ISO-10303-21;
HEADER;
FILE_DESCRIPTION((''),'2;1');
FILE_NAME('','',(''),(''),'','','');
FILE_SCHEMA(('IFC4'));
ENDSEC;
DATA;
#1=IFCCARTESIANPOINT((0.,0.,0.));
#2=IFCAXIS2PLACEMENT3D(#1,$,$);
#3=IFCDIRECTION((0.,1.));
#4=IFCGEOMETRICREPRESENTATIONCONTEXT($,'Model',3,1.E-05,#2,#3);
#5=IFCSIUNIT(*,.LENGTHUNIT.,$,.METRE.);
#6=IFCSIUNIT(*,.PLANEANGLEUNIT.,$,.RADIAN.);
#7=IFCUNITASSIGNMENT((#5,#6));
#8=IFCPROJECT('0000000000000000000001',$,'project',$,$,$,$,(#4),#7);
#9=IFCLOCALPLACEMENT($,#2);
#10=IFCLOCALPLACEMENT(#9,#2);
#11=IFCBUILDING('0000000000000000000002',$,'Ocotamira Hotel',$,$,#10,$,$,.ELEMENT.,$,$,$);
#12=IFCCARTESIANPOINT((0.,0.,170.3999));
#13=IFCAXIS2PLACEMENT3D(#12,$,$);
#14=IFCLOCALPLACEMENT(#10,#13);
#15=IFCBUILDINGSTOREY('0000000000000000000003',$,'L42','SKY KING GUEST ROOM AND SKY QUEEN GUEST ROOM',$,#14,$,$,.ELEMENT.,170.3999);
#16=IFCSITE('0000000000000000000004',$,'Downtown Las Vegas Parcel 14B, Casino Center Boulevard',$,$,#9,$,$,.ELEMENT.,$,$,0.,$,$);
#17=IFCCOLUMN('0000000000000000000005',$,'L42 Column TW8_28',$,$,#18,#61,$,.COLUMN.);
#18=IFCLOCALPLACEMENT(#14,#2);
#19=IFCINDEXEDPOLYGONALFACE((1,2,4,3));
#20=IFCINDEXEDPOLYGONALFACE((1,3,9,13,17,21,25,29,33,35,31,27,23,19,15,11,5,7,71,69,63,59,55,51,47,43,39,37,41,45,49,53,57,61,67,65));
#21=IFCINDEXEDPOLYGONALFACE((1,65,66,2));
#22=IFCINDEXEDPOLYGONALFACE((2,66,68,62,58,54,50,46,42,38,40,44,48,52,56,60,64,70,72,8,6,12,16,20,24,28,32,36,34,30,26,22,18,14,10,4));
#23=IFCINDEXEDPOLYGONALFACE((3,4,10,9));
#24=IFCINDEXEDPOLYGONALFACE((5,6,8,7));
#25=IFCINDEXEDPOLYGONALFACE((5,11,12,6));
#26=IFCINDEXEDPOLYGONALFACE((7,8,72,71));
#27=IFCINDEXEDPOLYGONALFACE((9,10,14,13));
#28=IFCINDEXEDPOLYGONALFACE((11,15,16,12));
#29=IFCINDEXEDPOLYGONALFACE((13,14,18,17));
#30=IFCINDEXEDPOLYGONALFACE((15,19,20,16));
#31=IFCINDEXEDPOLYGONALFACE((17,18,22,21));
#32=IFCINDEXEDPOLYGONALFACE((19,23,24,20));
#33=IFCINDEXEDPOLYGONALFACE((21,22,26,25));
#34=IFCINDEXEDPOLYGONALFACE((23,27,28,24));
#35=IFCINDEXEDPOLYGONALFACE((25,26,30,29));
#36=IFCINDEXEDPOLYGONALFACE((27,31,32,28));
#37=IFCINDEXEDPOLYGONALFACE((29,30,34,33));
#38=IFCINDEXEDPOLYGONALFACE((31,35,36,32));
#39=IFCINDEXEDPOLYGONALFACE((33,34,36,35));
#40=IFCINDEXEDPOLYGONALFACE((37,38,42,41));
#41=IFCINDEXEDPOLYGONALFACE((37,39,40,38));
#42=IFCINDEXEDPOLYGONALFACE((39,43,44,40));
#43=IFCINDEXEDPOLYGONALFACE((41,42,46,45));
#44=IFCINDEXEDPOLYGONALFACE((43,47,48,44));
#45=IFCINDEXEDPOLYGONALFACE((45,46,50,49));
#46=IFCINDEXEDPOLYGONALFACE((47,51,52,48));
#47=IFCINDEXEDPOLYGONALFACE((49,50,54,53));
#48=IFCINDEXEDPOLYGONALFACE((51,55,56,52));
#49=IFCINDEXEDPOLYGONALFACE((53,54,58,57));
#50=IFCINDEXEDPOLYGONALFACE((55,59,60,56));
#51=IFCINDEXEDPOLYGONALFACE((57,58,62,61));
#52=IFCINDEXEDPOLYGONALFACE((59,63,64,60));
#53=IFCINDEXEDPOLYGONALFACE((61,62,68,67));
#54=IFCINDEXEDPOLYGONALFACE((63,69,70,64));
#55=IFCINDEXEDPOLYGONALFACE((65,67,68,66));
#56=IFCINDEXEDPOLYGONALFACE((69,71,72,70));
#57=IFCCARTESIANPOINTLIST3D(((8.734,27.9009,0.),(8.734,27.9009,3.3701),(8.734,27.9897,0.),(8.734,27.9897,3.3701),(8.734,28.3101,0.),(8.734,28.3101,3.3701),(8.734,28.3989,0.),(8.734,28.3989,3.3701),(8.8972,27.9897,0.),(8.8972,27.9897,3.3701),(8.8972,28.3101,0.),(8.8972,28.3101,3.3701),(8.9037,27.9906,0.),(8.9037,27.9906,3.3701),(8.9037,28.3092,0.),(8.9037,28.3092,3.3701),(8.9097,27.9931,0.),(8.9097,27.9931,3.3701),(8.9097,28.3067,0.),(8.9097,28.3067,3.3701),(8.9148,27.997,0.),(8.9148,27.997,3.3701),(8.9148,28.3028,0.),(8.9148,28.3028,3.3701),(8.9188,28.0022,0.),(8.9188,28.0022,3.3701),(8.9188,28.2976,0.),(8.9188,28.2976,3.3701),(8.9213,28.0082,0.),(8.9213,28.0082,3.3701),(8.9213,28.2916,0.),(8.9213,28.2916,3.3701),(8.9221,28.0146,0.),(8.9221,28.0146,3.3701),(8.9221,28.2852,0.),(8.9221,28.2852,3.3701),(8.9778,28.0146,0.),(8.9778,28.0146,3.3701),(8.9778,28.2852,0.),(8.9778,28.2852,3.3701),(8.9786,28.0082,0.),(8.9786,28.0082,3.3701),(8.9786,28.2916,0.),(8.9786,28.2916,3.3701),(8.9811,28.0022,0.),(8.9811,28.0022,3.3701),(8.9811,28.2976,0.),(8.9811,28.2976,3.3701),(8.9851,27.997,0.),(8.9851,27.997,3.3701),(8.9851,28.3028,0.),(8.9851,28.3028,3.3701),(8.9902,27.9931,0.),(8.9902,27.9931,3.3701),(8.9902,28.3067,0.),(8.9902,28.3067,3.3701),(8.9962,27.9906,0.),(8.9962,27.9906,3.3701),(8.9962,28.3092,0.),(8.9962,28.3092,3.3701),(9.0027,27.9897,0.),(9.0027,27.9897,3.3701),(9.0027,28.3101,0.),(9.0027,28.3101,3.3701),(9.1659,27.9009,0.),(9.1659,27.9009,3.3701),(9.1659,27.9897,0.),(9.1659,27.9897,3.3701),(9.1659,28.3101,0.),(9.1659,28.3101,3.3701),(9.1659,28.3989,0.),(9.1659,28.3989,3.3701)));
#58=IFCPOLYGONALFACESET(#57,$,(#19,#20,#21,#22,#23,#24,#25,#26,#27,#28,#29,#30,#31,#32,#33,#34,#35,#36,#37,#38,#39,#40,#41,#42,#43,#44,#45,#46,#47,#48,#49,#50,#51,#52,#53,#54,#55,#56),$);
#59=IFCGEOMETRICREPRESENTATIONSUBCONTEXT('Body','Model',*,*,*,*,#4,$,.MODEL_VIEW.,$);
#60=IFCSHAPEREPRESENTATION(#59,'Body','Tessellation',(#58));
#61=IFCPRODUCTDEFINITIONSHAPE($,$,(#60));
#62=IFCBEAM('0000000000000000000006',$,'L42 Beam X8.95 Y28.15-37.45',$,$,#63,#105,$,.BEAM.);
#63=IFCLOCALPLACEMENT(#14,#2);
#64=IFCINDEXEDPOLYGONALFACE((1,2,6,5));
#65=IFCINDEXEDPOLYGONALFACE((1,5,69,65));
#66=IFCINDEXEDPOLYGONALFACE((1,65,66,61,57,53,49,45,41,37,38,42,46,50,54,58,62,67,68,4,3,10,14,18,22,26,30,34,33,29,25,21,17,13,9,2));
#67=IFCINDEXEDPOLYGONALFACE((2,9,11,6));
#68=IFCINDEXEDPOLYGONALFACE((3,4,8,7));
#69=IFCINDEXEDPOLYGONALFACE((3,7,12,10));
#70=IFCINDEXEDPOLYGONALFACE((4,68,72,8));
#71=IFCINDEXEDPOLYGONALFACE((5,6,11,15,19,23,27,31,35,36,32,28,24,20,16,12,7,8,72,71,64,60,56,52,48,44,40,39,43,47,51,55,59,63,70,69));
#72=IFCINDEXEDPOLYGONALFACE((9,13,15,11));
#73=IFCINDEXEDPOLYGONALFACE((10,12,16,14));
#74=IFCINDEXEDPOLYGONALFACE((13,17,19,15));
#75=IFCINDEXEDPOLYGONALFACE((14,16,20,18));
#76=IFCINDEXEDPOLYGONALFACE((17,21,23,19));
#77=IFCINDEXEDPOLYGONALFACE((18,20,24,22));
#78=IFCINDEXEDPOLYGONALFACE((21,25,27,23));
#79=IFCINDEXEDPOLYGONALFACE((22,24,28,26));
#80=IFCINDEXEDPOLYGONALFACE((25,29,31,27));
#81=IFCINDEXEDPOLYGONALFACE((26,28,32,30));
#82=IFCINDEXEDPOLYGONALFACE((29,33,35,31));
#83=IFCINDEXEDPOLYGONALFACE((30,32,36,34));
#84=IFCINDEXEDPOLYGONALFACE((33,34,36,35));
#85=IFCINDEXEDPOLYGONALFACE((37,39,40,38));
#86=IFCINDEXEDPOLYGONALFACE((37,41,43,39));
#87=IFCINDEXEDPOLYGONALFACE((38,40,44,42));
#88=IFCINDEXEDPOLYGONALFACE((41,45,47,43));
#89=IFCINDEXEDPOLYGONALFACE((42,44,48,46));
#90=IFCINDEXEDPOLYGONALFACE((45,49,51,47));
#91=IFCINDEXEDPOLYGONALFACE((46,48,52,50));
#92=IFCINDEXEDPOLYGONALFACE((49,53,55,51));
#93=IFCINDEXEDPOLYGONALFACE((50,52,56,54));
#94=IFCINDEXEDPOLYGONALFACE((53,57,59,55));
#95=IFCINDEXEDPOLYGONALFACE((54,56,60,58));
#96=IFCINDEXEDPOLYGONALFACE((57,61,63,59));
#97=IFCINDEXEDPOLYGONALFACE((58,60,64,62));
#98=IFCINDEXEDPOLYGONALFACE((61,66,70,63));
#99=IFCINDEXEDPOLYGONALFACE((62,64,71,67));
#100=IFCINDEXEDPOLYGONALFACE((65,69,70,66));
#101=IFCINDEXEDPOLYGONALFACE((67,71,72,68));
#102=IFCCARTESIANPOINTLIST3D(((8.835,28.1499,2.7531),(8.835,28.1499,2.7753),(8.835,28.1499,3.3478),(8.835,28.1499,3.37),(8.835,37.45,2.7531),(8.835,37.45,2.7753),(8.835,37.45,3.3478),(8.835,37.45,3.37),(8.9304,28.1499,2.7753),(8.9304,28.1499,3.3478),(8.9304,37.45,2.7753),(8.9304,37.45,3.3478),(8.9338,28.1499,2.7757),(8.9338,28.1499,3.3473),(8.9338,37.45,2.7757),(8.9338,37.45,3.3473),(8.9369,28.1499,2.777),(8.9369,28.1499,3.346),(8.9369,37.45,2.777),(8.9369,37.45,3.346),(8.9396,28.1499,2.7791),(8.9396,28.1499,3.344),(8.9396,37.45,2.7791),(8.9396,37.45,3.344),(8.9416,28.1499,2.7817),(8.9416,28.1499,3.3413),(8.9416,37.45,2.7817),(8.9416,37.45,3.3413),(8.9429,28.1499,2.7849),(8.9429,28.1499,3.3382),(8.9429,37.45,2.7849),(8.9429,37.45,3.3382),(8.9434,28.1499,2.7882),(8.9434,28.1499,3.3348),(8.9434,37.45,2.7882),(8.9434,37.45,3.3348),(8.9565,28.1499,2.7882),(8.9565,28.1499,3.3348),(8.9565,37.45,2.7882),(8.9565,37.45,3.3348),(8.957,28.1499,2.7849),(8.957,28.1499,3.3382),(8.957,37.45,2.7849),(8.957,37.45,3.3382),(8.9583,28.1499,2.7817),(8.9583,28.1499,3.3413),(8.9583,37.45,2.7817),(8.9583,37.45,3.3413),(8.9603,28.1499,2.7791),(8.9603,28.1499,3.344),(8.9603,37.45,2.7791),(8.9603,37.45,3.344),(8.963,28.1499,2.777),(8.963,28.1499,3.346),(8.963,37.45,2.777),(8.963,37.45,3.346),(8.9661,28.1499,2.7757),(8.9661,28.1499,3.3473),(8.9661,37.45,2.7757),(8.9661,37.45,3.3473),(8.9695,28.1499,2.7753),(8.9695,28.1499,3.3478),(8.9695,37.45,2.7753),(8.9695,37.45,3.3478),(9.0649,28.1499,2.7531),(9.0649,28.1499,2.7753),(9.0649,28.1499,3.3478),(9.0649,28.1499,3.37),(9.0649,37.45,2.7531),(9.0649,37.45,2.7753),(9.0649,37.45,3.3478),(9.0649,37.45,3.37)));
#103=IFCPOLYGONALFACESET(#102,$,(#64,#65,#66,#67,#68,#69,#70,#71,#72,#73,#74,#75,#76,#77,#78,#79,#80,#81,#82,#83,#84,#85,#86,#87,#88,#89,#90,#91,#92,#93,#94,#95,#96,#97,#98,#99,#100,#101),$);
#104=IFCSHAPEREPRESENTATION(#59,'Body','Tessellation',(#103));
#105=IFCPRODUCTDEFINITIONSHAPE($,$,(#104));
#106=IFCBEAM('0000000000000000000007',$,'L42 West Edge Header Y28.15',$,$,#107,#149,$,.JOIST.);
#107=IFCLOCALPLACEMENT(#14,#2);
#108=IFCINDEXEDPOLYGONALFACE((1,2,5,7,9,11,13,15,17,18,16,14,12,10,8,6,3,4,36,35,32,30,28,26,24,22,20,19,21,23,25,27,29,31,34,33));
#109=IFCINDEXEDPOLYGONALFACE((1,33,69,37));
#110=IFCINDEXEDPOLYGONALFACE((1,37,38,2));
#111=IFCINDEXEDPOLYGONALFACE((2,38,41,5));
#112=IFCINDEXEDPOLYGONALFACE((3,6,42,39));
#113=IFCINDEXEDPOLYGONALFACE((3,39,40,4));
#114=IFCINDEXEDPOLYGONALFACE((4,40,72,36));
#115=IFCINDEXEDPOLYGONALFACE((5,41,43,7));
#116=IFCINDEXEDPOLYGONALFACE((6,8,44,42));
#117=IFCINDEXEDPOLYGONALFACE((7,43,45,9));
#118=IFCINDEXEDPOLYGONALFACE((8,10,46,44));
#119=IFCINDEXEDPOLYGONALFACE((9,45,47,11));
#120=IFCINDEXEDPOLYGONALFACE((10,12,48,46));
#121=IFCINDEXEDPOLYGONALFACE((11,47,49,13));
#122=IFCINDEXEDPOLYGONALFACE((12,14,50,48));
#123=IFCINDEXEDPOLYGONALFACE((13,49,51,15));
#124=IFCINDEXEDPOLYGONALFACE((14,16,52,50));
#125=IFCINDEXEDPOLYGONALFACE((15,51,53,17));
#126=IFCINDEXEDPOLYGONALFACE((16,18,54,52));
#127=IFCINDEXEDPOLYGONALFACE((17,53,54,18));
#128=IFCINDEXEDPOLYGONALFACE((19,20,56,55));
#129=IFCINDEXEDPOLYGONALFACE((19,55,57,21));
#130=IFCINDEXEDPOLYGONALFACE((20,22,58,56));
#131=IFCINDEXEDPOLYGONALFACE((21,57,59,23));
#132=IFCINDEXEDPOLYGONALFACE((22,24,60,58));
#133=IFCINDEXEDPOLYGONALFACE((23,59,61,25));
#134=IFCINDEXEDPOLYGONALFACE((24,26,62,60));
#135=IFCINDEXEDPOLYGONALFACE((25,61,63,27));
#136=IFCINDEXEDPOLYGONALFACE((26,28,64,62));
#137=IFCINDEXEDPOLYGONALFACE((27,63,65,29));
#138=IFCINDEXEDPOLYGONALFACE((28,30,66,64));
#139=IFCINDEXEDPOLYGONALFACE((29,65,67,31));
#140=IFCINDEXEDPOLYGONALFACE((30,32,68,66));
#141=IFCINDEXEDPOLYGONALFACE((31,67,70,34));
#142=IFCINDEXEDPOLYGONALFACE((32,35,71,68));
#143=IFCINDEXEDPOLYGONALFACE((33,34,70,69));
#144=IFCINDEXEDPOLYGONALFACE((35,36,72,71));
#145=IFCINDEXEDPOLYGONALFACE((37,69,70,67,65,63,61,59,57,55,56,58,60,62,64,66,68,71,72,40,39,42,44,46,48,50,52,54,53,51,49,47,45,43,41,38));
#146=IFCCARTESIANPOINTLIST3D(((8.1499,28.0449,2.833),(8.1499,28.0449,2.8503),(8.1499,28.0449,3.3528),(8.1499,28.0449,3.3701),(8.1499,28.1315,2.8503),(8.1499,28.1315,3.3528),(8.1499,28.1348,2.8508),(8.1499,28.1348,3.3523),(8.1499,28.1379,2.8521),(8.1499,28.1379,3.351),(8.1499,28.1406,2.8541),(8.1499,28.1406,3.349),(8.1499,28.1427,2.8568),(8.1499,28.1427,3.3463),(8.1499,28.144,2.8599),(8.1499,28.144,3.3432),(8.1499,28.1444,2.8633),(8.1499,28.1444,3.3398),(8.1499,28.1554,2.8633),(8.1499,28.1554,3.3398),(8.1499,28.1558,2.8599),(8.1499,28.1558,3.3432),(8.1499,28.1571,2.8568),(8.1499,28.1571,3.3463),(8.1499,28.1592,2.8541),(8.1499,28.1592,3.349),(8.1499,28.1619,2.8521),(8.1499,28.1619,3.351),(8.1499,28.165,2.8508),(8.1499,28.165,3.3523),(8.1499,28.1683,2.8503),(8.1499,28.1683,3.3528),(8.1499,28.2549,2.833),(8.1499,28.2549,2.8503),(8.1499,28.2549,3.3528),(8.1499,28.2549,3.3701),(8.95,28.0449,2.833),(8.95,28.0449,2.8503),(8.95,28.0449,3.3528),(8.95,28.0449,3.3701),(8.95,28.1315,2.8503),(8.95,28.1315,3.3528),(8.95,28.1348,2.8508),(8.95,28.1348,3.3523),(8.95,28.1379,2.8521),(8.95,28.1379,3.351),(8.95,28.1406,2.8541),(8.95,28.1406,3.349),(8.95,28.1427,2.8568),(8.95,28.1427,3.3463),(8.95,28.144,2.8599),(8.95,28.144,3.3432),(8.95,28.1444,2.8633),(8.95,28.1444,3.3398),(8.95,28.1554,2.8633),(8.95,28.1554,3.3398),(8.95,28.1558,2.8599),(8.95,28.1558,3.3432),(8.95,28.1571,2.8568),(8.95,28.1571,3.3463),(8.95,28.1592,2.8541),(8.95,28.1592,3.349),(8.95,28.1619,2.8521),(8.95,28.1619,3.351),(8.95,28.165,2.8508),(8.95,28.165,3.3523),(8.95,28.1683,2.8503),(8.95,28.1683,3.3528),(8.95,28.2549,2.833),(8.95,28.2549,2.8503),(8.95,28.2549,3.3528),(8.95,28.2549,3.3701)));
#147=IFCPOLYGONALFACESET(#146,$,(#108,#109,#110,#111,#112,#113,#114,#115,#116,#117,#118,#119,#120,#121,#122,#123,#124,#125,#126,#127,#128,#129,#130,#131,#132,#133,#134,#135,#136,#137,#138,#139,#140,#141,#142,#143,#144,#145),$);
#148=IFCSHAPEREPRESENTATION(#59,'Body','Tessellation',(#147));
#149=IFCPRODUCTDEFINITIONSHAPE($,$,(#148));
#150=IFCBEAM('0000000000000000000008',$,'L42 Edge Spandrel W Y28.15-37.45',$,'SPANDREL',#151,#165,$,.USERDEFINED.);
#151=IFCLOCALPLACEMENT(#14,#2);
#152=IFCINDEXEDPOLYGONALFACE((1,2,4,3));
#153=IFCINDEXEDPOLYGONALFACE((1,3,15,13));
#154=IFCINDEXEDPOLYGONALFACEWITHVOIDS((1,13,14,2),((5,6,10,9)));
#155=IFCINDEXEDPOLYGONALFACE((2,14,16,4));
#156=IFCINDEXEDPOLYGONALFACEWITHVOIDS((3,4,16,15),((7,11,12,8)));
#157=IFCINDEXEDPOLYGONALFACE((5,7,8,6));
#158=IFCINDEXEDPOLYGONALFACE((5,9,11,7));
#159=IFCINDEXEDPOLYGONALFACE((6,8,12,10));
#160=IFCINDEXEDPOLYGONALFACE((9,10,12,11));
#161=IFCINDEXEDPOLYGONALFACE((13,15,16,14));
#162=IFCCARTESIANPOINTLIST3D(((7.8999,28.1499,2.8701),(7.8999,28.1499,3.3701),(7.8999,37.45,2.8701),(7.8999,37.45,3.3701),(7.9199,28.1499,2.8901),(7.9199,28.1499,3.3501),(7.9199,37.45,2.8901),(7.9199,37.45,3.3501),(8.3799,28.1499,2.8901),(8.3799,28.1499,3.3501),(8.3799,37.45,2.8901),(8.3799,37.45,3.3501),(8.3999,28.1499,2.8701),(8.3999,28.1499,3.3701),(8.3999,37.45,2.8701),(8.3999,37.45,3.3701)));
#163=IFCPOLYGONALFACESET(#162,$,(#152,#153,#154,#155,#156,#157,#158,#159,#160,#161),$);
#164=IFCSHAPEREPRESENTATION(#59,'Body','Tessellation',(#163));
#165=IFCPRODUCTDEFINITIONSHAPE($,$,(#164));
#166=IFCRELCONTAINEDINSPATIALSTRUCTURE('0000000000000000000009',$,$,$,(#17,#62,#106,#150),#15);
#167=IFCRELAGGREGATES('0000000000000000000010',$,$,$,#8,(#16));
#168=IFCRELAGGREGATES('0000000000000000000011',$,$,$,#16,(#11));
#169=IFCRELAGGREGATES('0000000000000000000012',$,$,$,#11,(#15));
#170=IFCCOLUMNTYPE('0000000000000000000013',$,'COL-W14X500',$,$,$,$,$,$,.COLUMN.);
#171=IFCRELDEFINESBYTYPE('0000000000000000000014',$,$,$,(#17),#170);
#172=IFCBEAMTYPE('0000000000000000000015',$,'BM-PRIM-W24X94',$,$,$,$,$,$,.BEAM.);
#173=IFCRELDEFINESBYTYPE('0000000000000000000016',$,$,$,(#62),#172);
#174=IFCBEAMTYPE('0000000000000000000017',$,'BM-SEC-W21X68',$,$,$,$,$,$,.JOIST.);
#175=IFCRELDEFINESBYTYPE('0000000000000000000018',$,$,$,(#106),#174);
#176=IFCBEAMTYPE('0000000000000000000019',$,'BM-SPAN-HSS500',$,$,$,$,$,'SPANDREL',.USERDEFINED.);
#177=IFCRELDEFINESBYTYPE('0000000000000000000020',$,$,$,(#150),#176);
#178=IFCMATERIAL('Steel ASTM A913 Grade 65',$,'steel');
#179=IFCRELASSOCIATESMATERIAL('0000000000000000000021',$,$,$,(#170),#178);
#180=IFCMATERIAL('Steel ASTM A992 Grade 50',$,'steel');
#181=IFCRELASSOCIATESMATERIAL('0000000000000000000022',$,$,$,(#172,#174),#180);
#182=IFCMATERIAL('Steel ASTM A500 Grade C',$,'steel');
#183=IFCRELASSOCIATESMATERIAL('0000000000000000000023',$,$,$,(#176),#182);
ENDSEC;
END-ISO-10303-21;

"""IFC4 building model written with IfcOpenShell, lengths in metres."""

from ifc_helpers import new_model, si_unit, direction, frame, origin, origin_2d, place, context, subcontext, project, spatial, hollow_rectangle, i_section, extrude, source, transform, mapped, material, material_profile, profile_set, type_object, element, save


model = new_model("IFC4")

# Units and contexts
model_context = context("Model", 3, precision=1e-05, world=origin(), true_north=direction((0.0, 1.0)))
body_context = subcontext(model_context, "Body", "Model", "MODEL_VIEW")
ifc_project = project(units=[si_unit("LENGTHUNIT", "METRE"), si_unit("PLANEANGLEUNIT", "RADIAN")], contexts=[model_context])

# Site, building, storey
site_placement = place(None, origin())
site = spatial("IfcSite", under=ifc_project, at=site_placement, Name="Downtown Las Vegas Parcel 14B, Casino Center Boulevard", CompositionType="ELEMENT", RefElevation=0.0)
building_placement = place(site_placement, origin())
building = spatial("IfcBuilding", under=site, at=building_placement, Name="Ocotamira Hotel", CompositionType="ELEMENT")
storey_placement = place(building_placement, frame((0.0, 0.0, 170.3999)))
storey = spatial("IfcBuildingStorey", under=building, at=storey_placement, Name="L42", Description="SKY KING GUEST ROOM AND SKY QUEEN GUEST ROOM", CompositionType="ELEMENT", Elevation=170.3999)

# Column
ifc_material_1 = material(Name="Steel ASTM A913 Grade 65", Category="steel")
ifc_material_profile_1 = material_profile(ifc_material_1, i_section(OverallWidth=0.4319, OverallDepth=0.498, WebThickness=0.0557, FlangeThickness=0.0889, FilletRadius=0.0249, at=origin_2d()), Name="W14X500")
ifc_profile_set_1 = profile_set([ifc_material_profile_1], Name="Steel ASTM A913 Grade 65")
column_type = type_object("IfcColumnType", Name="COL-W14X500", PredefinedType="COLUMN", material=ifc_profile_set_1)
shared_shape_1 = source(origin(), body_context, "Body", "SweptSolid", [
    extrude(i_section(OverallWidth=0.4319, OverallDepth=0.498, WebThickness=0.0557, FlangeThickness=0.0889, FilletRadius=0.0249, at=origin_2d()), origin(), (0.0, 0.0, 1.0), 3.3701),
])
column_placement = place(storey_placement, frame((8.95, 28.1499, 0.0), z_axis=(0.0, 0.0, 1.0), x_axis=(1.0, 0.0, 0.0)))
element("IfcColumn", 1, at=column_placement, inside=storey, type_object=column_type, Name="L42 Column TW8_28", PredefinedType="COLUMN", context=body_context, shape_type="MappedRepresentation", body=[
    mapped(shared_shape_1, transform((0.0, 0.0, 0.0), scale=1.0)),
])

# Beams
ifc_material_2 = material(Name="Steel ASTM A992 Grade 50", Category="steel")
ifc_material_profile_2 = material_profile(ifc_material_2, i_section(OverallWidth=0.23, OverallDepth=0.6169, WebThickness=0.0132, FlangeThickness=0.0222, FilletRadius=0.0129, at=origin_2d()), Name="W24X94")
ifc_profile_set_2 = profile_set([ifc_material_profile_2], Name="Steel ASTM A992 Grade 50")
beam_type_1 = type_object("IfcBeamType", Name="BM-PRIM-W24X94", PredefinedType="BEAM", material=ifc_profile_set_2)
shared_shape_2 = source(origin(), body_context, "Body", "SweptSolid", [
    extrude(i_section(OverallWidth=0.23, OverallDepth=0.6169, WebThickness=0.0132, FlangeThickness=0.0222, FilletRadius=0.0129, at=origin_2d()), origin(), (0.0, 0.0, 1.0), 9.3),
])
beam_1_placement = place(storey_placement, frame((8.95, 28.1499, 3.0615), z_axis=(0.0, 1.0, 0.0), x_axis=(-1.0, 0.0, 0.0)))
element("IfcBeam", 2, at=beam_1_placement, inside=storey, type_object=beam_type_1, Name="L42 Beam X8.95 Y28.15-37.45", PredefinedType="BEAM", context=body_context, shape_type="MappedRepresentation", body=[
    mapped(shared_shape_2, transform((0.0, 0.0, 0.0), scale=1.0)),
])
ifc_material_profile_3 = material_profile(ifc_material_2, i_section(OverallWidth=0.21, OverallDepth=0.5371, WebThickness=0.011, FlangeThickness=0.0173, FilletRadius=0.0129, at=origin_2d()), Name="W21X68")
ifc_profile_set_3 = profile_set([ifc_material_profile_3], Name="Steel ASTM A992 Grade 50")
beam_type_2 = type_object("IfcBeamType", Name="BM-SEC-W21X68", PredefinedType="JOIST", material=ifc_profile_set_3)
shared_shape_3 = source(origin(), body_context, "Body", "SweptSolid", [
    extrude(i_section(OverallWidth=0.21, OverallDepth=0.5371, WebThickness=0.011, FlangeThickness=0.0173, FilletRadius=0.0129, at=origin_2d()), origin(), (0.0, 0.0, 1.0), 0.8),
])
beam_2_placement = place(storey_placement, frame((8.95, 28.1499, 3.1016), z_axis=(-1.0, 0.0, 0.0), x_axis=(0.0, -1.0, 0.0)))
element("IfcBeam", 3, at=beam_2_placement, inside=storey, type_object=beam_type_2, Name="L42 West Edge Header Y28.15", PredefinedType="JOIST", context=body_context, shape_type="MappedRepresentation", body=[
    mapped(shared_shape_3, transform((0.0, 0.0, 0.0), scale=1.0)),
])
ifc_material_3 = material(Name="Steel ASTM A500 Grade C", Category="steel")
ifc_material_profile_4 = material_profile(ifc_material_3, hollow_rectangle(XDim=0.5, YDim=0.5, WallThickness=0.02, at=origin_2d()), Name="HSS500X500X20")
ifc_profile_set_4 = profile_set([ifc_material_profile_4], Name="Steel ASTM A500 Grade C")
beam_type_3 = type_object("IfcBeamType", Name="BM-SPAN-HSS500", ElementType="SPANDREL", PredefinedType="USERDEFINED", material=ifc_profile_set_4)
shared_shape_4 = source(origin(), body_context, "Body", "SweptSolid", [
    extrude(hollow_rectangle(XDim=0.5, YDim=0.5, WallThickness=0.02, at=origin_2d()), origin(), (0.0, 0.0, 1.0), 9.3),
])
beam_3_placement = place(storey_placement, frame((8.1499, 28.1499, 3.1201), z_axis=(0.0, 1.0, 0.0), x_axis=(-1.0, 0.0, 0.0)))
element("IfcBeam", 4, at=beam_3_placement, inside=storey, type_object=beam_type_3, Name="L42 Edge Spandrel W Y28.15-37.45", ObjectType="SPANDREL", PredefinedType="USERDEFINED", context=body_context, shape_type="MappedRepresentation", body=[
    mapped(shared_shape_4, transform((0.0, 0.0, 0.0), scale=1.0)),
])

save(model, "model.ifc")
